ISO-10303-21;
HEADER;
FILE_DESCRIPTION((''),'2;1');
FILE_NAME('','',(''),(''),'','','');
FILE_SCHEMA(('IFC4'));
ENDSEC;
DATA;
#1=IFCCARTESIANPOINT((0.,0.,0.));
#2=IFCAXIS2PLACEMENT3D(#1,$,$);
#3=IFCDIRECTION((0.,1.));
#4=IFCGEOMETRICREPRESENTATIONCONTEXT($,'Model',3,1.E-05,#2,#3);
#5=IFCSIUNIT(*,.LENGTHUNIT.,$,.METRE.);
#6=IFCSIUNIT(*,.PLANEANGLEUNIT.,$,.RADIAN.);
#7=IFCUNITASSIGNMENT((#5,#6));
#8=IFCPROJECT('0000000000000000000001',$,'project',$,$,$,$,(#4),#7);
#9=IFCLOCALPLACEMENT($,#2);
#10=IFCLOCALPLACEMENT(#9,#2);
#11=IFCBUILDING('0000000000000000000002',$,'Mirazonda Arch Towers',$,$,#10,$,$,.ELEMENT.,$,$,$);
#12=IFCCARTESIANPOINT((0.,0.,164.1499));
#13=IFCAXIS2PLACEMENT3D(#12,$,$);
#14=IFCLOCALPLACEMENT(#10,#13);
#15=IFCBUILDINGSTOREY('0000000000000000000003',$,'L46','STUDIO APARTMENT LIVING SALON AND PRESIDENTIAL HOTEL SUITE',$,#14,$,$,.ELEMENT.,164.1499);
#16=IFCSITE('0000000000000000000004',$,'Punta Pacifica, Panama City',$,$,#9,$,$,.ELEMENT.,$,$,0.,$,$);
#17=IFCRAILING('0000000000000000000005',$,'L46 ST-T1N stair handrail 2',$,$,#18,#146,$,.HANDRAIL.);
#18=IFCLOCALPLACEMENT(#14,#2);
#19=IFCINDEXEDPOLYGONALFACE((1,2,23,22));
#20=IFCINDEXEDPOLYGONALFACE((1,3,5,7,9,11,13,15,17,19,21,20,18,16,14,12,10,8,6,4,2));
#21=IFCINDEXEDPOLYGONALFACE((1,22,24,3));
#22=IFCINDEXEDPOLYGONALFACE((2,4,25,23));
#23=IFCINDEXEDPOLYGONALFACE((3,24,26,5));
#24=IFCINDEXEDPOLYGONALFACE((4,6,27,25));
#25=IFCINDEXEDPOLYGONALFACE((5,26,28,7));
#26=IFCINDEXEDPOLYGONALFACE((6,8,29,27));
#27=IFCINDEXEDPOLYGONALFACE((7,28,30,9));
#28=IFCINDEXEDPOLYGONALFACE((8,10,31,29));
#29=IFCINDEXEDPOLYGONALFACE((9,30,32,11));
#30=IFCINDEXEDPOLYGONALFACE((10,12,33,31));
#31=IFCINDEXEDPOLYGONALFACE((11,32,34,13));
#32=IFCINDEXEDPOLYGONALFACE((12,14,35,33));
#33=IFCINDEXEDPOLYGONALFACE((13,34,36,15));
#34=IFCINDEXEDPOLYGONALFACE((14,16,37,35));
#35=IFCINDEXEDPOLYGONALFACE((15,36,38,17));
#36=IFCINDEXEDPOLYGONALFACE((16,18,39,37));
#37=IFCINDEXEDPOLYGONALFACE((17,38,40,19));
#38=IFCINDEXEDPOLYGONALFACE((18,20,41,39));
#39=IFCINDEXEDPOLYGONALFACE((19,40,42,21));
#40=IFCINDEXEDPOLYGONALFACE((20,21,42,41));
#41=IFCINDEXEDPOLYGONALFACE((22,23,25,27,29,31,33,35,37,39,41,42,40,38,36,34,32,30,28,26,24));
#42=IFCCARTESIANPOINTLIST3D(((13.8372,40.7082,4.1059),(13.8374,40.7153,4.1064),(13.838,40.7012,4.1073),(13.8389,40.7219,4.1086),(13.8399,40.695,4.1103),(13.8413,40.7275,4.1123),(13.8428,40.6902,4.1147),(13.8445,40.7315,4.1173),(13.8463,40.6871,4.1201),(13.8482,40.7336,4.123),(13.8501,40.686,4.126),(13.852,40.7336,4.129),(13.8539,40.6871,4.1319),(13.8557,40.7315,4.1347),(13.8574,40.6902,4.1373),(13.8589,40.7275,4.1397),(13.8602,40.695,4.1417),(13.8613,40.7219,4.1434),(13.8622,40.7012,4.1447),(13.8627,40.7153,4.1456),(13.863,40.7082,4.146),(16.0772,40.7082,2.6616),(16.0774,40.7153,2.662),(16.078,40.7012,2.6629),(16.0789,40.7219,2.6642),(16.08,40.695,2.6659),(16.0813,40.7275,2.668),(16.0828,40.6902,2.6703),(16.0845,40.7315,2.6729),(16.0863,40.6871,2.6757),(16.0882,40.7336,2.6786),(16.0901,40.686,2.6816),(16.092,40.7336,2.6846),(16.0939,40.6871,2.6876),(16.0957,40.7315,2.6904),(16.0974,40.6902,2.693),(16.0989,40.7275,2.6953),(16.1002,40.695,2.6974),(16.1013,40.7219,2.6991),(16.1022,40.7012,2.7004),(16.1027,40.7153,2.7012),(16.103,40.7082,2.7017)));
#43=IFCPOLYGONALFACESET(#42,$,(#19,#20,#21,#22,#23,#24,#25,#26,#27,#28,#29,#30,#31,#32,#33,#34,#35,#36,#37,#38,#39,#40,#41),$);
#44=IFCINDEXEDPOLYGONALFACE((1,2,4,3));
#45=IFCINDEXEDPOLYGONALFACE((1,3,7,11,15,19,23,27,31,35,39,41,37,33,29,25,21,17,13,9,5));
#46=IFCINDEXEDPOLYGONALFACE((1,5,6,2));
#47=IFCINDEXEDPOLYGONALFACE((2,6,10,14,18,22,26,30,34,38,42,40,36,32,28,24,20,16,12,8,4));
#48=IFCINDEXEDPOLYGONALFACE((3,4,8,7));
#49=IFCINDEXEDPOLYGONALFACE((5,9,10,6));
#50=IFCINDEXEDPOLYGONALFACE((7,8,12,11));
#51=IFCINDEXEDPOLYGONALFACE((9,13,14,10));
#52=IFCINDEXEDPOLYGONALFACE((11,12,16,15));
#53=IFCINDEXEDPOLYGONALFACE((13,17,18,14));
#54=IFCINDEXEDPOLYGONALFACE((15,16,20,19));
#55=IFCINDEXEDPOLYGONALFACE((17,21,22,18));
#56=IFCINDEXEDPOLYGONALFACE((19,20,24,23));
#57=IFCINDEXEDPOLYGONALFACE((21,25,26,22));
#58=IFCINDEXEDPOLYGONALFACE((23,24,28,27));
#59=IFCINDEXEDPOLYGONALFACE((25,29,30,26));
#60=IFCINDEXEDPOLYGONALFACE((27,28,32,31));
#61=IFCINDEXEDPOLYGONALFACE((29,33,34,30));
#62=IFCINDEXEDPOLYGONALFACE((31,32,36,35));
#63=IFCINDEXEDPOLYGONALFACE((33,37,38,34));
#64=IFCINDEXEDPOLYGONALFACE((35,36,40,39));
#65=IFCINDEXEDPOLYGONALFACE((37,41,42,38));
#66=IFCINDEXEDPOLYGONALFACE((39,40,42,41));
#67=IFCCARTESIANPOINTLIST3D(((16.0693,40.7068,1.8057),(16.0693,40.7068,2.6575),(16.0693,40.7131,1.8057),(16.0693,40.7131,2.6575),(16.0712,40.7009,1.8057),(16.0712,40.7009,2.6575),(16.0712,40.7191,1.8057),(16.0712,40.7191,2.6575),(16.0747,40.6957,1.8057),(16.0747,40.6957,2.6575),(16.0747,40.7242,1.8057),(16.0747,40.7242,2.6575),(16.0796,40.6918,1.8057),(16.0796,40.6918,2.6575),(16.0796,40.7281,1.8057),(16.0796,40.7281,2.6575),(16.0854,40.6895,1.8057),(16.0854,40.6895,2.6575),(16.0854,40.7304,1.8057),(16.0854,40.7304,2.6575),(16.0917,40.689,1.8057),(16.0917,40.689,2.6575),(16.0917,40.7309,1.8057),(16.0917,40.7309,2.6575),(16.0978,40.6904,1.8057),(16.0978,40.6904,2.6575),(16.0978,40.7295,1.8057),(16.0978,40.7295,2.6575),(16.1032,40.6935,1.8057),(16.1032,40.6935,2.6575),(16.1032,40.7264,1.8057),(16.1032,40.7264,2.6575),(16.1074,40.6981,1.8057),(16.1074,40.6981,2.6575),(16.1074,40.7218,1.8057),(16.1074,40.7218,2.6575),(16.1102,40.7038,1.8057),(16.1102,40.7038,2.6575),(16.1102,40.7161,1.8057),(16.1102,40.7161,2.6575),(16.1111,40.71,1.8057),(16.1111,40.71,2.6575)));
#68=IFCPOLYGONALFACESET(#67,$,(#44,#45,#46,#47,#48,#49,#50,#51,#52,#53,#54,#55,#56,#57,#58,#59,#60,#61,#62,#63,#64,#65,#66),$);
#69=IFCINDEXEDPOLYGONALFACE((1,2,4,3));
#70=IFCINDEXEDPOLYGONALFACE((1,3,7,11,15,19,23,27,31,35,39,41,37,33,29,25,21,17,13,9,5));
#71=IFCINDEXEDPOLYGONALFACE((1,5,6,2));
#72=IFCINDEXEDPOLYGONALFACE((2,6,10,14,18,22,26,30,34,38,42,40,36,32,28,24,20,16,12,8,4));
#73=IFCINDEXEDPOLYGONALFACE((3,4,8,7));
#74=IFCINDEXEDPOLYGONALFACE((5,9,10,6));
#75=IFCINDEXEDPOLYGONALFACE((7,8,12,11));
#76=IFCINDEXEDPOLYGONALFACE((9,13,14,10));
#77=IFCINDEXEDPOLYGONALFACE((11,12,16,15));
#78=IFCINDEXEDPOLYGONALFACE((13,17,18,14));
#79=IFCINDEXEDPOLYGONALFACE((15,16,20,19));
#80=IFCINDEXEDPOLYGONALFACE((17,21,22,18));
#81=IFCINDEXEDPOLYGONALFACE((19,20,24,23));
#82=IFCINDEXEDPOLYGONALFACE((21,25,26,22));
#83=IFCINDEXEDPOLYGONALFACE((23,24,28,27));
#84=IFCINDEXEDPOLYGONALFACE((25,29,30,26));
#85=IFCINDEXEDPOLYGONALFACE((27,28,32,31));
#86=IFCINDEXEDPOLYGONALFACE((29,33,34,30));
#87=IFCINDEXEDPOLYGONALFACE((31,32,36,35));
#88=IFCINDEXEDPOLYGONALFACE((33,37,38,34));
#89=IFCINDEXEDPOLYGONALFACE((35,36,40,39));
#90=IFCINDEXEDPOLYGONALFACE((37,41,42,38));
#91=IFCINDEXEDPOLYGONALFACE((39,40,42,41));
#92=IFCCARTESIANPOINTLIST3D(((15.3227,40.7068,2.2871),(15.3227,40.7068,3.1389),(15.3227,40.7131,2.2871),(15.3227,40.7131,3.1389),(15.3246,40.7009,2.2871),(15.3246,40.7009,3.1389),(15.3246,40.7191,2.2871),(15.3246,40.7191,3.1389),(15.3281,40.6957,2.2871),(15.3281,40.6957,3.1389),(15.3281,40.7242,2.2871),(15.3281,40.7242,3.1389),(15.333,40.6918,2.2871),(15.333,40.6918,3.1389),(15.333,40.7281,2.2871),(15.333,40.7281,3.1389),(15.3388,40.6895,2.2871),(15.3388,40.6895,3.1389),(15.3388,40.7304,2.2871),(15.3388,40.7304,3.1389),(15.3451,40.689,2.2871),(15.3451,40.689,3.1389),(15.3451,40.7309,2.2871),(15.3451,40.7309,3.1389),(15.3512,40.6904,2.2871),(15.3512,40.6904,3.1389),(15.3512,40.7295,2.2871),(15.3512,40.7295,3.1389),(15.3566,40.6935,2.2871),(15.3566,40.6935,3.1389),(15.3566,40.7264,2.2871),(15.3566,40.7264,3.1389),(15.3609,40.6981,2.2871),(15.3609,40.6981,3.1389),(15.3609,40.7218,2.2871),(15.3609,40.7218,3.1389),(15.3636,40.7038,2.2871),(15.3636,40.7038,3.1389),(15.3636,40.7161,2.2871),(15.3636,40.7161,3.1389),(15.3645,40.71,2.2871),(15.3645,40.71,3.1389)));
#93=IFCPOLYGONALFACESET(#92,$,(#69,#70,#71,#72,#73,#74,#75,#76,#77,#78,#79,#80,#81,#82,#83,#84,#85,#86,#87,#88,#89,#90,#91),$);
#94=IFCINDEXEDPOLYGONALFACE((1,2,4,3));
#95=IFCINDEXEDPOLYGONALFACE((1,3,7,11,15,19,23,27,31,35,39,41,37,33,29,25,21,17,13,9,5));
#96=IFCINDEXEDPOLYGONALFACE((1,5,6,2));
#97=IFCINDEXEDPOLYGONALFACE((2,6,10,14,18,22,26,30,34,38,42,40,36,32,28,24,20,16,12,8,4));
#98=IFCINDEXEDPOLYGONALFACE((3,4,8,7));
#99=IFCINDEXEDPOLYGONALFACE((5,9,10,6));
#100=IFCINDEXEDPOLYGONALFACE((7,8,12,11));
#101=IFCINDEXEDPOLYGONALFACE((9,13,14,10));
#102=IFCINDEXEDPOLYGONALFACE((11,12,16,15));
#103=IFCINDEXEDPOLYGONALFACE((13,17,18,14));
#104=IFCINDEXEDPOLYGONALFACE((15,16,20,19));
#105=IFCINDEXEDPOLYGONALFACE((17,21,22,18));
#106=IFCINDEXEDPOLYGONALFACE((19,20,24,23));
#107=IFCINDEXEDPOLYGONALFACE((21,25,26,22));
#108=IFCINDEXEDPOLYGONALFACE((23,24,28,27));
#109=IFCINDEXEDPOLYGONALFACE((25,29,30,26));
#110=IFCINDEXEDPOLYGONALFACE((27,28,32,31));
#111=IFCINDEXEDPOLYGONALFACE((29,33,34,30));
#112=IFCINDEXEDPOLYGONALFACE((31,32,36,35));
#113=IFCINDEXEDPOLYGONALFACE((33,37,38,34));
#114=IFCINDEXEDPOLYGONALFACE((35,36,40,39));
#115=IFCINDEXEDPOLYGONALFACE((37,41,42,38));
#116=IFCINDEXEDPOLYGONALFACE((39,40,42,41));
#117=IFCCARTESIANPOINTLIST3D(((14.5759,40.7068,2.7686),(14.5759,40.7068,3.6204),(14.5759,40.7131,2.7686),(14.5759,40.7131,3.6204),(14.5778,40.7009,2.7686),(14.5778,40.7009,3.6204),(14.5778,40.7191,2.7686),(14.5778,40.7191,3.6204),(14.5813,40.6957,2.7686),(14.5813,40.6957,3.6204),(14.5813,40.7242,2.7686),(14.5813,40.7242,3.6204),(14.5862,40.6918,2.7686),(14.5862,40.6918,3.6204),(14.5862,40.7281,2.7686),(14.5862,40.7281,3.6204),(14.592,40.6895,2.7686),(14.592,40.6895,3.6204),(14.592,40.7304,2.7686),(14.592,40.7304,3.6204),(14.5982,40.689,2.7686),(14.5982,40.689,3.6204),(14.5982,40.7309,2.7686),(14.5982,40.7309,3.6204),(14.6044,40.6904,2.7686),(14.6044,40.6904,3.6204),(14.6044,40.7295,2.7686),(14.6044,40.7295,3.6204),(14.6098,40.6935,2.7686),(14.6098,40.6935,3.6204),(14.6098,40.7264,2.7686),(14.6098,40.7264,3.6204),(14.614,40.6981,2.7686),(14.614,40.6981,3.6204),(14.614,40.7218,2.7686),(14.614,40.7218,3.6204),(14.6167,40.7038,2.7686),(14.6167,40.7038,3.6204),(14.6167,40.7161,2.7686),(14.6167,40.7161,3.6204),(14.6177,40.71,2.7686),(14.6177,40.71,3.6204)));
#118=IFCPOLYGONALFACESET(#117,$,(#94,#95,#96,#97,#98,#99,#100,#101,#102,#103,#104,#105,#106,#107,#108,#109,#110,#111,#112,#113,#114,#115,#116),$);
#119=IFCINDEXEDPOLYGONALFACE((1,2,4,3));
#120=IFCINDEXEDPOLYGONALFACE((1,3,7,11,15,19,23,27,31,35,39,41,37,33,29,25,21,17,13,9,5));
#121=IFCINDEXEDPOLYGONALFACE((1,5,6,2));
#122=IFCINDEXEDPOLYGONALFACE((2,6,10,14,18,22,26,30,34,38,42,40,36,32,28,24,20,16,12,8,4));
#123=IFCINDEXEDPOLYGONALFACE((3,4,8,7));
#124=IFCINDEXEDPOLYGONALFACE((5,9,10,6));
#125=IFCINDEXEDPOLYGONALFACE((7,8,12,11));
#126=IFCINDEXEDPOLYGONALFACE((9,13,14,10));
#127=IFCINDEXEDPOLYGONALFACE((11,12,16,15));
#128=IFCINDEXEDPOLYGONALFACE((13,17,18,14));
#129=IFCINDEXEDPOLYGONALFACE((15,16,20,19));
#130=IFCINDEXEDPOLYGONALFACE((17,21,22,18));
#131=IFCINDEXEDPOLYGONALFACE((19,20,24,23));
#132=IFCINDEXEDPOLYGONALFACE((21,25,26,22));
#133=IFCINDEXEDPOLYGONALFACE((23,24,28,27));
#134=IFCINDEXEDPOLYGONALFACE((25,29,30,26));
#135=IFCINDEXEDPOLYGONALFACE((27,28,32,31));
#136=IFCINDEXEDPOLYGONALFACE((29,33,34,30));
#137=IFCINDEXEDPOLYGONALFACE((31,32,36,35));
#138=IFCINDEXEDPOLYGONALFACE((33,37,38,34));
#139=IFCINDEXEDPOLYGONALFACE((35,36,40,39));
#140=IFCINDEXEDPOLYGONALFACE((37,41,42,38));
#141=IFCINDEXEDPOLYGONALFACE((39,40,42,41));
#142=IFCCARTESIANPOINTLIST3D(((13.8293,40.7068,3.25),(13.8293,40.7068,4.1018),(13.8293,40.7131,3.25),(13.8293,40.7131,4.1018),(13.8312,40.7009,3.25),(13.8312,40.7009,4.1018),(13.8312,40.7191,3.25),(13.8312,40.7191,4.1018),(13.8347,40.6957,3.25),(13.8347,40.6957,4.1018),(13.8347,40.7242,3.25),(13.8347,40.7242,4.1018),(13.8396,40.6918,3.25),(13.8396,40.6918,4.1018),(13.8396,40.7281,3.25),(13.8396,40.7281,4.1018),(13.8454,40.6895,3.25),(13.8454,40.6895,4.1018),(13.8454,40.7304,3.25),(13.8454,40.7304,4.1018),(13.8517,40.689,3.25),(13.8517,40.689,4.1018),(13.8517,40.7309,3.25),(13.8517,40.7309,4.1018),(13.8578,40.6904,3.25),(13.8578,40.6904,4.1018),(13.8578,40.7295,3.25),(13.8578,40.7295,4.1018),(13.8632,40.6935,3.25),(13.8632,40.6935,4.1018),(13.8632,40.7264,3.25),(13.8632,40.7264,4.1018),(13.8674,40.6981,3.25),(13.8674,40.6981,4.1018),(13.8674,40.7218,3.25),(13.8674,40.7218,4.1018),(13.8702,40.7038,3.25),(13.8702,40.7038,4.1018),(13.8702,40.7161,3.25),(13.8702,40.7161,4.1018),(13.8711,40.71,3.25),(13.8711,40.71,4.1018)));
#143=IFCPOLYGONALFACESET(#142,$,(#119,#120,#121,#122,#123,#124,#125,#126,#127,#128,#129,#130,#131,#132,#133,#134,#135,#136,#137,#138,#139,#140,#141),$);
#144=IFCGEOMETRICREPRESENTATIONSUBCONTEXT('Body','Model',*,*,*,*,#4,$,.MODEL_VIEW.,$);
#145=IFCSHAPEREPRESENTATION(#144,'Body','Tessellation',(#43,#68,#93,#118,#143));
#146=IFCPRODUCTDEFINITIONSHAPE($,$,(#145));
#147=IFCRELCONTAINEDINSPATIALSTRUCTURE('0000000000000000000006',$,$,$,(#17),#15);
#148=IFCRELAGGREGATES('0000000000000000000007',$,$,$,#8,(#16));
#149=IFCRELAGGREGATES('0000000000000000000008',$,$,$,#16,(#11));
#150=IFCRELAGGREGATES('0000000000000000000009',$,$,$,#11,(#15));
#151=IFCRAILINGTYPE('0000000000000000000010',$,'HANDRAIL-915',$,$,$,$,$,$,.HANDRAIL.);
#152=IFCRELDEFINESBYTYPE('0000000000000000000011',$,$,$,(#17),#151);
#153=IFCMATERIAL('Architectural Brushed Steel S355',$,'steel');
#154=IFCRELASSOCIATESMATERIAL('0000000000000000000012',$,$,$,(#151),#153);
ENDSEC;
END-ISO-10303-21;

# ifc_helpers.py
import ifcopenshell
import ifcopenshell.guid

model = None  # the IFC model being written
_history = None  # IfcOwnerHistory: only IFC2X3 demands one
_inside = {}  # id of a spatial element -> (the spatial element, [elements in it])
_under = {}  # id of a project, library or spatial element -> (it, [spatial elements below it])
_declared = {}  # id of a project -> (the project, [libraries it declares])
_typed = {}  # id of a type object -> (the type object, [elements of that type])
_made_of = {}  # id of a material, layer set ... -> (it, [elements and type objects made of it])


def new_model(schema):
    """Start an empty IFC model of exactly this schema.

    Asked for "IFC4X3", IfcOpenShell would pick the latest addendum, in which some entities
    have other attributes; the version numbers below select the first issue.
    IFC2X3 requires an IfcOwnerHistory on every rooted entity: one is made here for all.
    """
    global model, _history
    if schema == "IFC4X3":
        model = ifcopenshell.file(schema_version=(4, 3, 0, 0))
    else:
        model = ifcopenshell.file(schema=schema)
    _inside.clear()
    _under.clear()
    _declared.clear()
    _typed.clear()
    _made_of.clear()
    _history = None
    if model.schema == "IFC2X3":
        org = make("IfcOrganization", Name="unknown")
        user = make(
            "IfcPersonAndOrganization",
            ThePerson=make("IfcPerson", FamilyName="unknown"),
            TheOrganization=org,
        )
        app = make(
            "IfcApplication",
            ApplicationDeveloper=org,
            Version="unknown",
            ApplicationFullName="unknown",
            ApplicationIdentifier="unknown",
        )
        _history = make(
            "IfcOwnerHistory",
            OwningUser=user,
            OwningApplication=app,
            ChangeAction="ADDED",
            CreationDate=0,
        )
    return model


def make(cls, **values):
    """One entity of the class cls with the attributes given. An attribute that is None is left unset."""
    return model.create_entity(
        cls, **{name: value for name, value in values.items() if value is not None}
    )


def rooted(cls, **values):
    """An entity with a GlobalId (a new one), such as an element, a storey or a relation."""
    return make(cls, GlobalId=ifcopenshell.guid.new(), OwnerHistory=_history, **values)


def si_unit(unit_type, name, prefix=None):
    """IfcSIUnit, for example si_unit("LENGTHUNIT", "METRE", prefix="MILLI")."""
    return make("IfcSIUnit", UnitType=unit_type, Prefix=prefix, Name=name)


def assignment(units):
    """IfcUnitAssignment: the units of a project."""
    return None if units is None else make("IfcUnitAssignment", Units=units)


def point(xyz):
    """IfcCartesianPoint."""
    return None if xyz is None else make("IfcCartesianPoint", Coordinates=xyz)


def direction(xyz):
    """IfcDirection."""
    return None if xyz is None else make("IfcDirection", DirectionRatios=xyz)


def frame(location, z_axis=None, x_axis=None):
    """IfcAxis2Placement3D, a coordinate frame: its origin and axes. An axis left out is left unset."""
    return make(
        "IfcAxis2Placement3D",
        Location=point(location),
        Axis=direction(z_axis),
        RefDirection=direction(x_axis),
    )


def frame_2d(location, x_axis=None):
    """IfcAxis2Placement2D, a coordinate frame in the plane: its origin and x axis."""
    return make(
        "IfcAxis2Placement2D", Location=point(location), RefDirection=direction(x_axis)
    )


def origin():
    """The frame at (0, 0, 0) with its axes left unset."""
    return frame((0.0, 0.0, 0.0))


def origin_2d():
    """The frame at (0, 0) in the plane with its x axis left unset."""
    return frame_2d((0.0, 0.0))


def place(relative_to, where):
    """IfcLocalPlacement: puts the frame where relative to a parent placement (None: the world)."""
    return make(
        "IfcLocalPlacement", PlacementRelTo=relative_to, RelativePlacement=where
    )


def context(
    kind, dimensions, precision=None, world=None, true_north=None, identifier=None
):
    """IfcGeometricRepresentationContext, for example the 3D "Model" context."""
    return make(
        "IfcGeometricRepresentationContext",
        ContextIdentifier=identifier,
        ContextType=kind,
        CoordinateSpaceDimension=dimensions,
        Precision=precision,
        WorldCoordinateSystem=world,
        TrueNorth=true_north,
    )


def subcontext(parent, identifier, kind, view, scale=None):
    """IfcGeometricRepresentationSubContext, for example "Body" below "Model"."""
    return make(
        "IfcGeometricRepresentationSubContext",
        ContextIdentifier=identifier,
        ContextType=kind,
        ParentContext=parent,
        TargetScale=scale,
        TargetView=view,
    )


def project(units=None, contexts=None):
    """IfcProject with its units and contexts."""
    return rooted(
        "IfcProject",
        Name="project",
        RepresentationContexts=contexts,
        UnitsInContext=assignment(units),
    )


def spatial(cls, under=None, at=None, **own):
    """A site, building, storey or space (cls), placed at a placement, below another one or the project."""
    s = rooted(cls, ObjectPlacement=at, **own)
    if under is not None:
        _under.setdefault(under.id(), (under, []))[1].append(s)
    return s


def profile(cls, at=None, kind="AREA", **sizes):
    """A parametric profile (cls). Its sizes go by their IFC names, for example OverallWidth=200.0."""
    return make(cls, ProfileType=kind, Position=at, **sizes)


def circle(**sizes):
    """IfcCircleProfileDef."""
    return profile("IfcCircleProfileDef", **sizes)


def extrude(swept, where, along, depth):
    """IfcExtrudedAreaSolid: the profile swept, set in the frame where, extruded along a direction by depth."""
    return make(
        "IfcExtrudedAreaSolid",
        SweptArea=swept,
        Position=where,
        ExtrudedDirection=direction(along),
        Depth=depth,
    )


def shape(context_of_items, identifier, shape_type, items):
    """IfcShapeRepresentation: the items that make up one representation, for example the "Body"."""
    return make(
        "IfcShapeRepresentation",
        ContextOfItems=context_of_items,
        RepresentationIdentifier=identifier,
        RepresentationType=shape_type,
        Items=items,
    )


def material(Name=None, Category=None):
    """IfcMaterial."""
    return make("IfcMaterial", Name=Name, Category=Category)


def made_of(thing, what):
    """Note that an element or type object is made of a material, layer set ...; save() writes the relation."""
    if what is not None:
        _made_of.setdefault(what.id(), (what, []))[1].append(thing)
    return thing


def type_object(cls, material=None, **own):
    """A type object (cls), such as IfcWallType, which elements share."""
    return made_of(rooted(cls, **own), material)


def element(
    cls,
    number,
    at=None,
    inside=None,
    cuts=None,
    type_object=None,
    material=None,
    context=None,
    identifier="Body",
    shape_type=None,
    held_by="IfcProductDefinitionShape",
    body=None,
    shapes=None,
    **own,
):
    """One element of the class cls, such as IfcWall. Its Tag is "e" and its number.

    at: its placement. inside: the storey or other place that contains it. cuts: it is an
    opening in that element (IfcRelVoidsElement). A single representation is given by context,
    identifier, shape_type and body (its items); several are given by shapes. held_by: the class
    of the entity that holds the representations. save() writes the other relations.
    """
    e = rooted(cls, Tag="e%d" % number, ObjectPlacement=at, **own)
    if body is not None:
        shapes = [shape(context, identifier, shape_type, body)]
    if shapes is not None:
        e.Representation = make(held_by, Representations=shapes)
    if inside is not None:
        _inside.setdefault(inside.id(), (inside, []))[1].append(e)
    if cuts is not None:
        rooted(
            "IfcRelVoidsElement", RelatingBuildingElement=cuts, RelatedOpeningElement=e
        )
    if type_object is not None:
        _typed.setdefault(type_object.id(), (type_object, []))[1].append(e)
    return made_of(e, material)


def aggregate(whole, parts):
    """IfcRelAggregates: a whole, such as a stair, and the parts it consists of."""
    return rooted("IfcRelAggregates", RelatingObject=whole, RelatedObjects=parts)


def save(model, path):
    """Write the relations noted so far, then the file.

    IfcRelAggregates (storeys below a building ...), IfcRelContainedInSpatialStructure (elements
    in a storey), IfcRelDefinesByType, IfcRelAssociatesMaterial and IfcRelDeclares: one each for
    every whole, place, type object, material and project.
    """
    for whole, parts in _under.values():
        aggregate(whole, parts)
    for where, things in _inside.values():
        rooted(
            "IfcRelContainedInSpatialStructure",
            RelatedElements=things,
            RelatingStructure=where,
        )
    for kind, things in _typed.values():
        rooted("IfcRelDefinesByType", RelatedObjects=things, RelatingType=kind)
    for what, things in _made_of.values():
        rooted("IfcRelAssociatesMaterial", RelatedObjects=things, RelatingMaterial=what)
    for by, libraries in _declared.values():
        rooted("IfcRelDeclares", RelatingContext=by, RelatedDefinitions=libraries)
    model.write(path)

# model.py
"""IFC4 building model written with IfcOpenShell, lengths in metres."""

from ifc_helpers import new_model, si_unit, direction, frame, origin, origin_2d, place, context, subcontext, project, spatial, circle, extrude, material, type_object, element, save


model = new_model("IFC4")

# Units and contexts
model_context = context("Model", 3, precision=1e-05, world=origin(), true_north=direction((0.0, 1.0)))
body_context = subcontext(model_context, "Body", "Model", "MODEL_VIEW")
ifc_project = project(units=[si_unit("LENGTHUNIT", "METRE"), si_unit("PLANEANGLEUNIT", "RADIAN")], contexts=[model_context])

# Site, building, storey
site_placement = place(None, origin())
site = spatial("IfcSite", under=ifc_project, at=site_placement, Name="Punta Pacifica, Panama City", CompositionType="ELEMENT", RefElevation=0.0)
building_placement = place(site_placement, origin())
building = spatial("IfcBuilding", under=site, at=building_placement, Name="Mirazonda Arch Towers", CompositionType="ELEMENT")
storey_placement = place(building_placement, frame((0.0, 0.0, 164.1499)))
storey = spatial("IfcBuildingStorey", under=building, at=storey_placement, Name="L46", Description="STUDIO APARTMENT LIVING SALON AND PRESIDENTIAL HOTEL SUITE", CompositionType="ELEMENT", Elevation=164.1499)

# Shared definitions
ifc_material_1 = material(Name="Architectural Brushed Steel S355", Category="steel")

# Railing
railing_type_1 = type_object("IfcRailingType", Name="HANDRAIL-915", PredefinedType="HANDRAIL", material=ifc_material_1)
railing_1_placement = place(storey_placement, frame((16.0901, 40.71, 1.8057)))
element("IfcRailing", 1, at=railing_1_placement, inside=storey, type_object=railing_type_1, Name="L46 ST-T1N stair handrail 2", PredefinedType="HANDRAIL", context=body_context, shape_type="SweptSolid", body=[
    extrude(circle(Radius=0.0239, at=origin_2d()), frame((0.0, 0.0, 0.876), z_axis=(-0.840437, 0.0, 0.54191), x_axis=(0.0, -1.0, 0.0)), (0.0, 0.0, 1.0), 2.6653),
    extrude(circle(Radius=0.021, at=origin_2d()), origin(), (0.0, 0.0, 1.0), 0.8518),
    extrude(circle(Radius=0.021, at=origin_2d()), frame((-0.7466, 0.0, 0.4814)), (0.0, 0.0, 1.0), 0.8518),
    extrude(circle(Radius=0.021, at=origin_2d()), frame((-1.4934, 0.0, 0.9629)), (0.0, 0.0, 1.0), 0.8518),
    extrude(circle(Radius=0.021, at=origin_2d()), frame((-2.24, 0.0, 1.4443)), (0.0, 0.0, 1.0), 0.8518),
])

save(model, "model.ifc")
